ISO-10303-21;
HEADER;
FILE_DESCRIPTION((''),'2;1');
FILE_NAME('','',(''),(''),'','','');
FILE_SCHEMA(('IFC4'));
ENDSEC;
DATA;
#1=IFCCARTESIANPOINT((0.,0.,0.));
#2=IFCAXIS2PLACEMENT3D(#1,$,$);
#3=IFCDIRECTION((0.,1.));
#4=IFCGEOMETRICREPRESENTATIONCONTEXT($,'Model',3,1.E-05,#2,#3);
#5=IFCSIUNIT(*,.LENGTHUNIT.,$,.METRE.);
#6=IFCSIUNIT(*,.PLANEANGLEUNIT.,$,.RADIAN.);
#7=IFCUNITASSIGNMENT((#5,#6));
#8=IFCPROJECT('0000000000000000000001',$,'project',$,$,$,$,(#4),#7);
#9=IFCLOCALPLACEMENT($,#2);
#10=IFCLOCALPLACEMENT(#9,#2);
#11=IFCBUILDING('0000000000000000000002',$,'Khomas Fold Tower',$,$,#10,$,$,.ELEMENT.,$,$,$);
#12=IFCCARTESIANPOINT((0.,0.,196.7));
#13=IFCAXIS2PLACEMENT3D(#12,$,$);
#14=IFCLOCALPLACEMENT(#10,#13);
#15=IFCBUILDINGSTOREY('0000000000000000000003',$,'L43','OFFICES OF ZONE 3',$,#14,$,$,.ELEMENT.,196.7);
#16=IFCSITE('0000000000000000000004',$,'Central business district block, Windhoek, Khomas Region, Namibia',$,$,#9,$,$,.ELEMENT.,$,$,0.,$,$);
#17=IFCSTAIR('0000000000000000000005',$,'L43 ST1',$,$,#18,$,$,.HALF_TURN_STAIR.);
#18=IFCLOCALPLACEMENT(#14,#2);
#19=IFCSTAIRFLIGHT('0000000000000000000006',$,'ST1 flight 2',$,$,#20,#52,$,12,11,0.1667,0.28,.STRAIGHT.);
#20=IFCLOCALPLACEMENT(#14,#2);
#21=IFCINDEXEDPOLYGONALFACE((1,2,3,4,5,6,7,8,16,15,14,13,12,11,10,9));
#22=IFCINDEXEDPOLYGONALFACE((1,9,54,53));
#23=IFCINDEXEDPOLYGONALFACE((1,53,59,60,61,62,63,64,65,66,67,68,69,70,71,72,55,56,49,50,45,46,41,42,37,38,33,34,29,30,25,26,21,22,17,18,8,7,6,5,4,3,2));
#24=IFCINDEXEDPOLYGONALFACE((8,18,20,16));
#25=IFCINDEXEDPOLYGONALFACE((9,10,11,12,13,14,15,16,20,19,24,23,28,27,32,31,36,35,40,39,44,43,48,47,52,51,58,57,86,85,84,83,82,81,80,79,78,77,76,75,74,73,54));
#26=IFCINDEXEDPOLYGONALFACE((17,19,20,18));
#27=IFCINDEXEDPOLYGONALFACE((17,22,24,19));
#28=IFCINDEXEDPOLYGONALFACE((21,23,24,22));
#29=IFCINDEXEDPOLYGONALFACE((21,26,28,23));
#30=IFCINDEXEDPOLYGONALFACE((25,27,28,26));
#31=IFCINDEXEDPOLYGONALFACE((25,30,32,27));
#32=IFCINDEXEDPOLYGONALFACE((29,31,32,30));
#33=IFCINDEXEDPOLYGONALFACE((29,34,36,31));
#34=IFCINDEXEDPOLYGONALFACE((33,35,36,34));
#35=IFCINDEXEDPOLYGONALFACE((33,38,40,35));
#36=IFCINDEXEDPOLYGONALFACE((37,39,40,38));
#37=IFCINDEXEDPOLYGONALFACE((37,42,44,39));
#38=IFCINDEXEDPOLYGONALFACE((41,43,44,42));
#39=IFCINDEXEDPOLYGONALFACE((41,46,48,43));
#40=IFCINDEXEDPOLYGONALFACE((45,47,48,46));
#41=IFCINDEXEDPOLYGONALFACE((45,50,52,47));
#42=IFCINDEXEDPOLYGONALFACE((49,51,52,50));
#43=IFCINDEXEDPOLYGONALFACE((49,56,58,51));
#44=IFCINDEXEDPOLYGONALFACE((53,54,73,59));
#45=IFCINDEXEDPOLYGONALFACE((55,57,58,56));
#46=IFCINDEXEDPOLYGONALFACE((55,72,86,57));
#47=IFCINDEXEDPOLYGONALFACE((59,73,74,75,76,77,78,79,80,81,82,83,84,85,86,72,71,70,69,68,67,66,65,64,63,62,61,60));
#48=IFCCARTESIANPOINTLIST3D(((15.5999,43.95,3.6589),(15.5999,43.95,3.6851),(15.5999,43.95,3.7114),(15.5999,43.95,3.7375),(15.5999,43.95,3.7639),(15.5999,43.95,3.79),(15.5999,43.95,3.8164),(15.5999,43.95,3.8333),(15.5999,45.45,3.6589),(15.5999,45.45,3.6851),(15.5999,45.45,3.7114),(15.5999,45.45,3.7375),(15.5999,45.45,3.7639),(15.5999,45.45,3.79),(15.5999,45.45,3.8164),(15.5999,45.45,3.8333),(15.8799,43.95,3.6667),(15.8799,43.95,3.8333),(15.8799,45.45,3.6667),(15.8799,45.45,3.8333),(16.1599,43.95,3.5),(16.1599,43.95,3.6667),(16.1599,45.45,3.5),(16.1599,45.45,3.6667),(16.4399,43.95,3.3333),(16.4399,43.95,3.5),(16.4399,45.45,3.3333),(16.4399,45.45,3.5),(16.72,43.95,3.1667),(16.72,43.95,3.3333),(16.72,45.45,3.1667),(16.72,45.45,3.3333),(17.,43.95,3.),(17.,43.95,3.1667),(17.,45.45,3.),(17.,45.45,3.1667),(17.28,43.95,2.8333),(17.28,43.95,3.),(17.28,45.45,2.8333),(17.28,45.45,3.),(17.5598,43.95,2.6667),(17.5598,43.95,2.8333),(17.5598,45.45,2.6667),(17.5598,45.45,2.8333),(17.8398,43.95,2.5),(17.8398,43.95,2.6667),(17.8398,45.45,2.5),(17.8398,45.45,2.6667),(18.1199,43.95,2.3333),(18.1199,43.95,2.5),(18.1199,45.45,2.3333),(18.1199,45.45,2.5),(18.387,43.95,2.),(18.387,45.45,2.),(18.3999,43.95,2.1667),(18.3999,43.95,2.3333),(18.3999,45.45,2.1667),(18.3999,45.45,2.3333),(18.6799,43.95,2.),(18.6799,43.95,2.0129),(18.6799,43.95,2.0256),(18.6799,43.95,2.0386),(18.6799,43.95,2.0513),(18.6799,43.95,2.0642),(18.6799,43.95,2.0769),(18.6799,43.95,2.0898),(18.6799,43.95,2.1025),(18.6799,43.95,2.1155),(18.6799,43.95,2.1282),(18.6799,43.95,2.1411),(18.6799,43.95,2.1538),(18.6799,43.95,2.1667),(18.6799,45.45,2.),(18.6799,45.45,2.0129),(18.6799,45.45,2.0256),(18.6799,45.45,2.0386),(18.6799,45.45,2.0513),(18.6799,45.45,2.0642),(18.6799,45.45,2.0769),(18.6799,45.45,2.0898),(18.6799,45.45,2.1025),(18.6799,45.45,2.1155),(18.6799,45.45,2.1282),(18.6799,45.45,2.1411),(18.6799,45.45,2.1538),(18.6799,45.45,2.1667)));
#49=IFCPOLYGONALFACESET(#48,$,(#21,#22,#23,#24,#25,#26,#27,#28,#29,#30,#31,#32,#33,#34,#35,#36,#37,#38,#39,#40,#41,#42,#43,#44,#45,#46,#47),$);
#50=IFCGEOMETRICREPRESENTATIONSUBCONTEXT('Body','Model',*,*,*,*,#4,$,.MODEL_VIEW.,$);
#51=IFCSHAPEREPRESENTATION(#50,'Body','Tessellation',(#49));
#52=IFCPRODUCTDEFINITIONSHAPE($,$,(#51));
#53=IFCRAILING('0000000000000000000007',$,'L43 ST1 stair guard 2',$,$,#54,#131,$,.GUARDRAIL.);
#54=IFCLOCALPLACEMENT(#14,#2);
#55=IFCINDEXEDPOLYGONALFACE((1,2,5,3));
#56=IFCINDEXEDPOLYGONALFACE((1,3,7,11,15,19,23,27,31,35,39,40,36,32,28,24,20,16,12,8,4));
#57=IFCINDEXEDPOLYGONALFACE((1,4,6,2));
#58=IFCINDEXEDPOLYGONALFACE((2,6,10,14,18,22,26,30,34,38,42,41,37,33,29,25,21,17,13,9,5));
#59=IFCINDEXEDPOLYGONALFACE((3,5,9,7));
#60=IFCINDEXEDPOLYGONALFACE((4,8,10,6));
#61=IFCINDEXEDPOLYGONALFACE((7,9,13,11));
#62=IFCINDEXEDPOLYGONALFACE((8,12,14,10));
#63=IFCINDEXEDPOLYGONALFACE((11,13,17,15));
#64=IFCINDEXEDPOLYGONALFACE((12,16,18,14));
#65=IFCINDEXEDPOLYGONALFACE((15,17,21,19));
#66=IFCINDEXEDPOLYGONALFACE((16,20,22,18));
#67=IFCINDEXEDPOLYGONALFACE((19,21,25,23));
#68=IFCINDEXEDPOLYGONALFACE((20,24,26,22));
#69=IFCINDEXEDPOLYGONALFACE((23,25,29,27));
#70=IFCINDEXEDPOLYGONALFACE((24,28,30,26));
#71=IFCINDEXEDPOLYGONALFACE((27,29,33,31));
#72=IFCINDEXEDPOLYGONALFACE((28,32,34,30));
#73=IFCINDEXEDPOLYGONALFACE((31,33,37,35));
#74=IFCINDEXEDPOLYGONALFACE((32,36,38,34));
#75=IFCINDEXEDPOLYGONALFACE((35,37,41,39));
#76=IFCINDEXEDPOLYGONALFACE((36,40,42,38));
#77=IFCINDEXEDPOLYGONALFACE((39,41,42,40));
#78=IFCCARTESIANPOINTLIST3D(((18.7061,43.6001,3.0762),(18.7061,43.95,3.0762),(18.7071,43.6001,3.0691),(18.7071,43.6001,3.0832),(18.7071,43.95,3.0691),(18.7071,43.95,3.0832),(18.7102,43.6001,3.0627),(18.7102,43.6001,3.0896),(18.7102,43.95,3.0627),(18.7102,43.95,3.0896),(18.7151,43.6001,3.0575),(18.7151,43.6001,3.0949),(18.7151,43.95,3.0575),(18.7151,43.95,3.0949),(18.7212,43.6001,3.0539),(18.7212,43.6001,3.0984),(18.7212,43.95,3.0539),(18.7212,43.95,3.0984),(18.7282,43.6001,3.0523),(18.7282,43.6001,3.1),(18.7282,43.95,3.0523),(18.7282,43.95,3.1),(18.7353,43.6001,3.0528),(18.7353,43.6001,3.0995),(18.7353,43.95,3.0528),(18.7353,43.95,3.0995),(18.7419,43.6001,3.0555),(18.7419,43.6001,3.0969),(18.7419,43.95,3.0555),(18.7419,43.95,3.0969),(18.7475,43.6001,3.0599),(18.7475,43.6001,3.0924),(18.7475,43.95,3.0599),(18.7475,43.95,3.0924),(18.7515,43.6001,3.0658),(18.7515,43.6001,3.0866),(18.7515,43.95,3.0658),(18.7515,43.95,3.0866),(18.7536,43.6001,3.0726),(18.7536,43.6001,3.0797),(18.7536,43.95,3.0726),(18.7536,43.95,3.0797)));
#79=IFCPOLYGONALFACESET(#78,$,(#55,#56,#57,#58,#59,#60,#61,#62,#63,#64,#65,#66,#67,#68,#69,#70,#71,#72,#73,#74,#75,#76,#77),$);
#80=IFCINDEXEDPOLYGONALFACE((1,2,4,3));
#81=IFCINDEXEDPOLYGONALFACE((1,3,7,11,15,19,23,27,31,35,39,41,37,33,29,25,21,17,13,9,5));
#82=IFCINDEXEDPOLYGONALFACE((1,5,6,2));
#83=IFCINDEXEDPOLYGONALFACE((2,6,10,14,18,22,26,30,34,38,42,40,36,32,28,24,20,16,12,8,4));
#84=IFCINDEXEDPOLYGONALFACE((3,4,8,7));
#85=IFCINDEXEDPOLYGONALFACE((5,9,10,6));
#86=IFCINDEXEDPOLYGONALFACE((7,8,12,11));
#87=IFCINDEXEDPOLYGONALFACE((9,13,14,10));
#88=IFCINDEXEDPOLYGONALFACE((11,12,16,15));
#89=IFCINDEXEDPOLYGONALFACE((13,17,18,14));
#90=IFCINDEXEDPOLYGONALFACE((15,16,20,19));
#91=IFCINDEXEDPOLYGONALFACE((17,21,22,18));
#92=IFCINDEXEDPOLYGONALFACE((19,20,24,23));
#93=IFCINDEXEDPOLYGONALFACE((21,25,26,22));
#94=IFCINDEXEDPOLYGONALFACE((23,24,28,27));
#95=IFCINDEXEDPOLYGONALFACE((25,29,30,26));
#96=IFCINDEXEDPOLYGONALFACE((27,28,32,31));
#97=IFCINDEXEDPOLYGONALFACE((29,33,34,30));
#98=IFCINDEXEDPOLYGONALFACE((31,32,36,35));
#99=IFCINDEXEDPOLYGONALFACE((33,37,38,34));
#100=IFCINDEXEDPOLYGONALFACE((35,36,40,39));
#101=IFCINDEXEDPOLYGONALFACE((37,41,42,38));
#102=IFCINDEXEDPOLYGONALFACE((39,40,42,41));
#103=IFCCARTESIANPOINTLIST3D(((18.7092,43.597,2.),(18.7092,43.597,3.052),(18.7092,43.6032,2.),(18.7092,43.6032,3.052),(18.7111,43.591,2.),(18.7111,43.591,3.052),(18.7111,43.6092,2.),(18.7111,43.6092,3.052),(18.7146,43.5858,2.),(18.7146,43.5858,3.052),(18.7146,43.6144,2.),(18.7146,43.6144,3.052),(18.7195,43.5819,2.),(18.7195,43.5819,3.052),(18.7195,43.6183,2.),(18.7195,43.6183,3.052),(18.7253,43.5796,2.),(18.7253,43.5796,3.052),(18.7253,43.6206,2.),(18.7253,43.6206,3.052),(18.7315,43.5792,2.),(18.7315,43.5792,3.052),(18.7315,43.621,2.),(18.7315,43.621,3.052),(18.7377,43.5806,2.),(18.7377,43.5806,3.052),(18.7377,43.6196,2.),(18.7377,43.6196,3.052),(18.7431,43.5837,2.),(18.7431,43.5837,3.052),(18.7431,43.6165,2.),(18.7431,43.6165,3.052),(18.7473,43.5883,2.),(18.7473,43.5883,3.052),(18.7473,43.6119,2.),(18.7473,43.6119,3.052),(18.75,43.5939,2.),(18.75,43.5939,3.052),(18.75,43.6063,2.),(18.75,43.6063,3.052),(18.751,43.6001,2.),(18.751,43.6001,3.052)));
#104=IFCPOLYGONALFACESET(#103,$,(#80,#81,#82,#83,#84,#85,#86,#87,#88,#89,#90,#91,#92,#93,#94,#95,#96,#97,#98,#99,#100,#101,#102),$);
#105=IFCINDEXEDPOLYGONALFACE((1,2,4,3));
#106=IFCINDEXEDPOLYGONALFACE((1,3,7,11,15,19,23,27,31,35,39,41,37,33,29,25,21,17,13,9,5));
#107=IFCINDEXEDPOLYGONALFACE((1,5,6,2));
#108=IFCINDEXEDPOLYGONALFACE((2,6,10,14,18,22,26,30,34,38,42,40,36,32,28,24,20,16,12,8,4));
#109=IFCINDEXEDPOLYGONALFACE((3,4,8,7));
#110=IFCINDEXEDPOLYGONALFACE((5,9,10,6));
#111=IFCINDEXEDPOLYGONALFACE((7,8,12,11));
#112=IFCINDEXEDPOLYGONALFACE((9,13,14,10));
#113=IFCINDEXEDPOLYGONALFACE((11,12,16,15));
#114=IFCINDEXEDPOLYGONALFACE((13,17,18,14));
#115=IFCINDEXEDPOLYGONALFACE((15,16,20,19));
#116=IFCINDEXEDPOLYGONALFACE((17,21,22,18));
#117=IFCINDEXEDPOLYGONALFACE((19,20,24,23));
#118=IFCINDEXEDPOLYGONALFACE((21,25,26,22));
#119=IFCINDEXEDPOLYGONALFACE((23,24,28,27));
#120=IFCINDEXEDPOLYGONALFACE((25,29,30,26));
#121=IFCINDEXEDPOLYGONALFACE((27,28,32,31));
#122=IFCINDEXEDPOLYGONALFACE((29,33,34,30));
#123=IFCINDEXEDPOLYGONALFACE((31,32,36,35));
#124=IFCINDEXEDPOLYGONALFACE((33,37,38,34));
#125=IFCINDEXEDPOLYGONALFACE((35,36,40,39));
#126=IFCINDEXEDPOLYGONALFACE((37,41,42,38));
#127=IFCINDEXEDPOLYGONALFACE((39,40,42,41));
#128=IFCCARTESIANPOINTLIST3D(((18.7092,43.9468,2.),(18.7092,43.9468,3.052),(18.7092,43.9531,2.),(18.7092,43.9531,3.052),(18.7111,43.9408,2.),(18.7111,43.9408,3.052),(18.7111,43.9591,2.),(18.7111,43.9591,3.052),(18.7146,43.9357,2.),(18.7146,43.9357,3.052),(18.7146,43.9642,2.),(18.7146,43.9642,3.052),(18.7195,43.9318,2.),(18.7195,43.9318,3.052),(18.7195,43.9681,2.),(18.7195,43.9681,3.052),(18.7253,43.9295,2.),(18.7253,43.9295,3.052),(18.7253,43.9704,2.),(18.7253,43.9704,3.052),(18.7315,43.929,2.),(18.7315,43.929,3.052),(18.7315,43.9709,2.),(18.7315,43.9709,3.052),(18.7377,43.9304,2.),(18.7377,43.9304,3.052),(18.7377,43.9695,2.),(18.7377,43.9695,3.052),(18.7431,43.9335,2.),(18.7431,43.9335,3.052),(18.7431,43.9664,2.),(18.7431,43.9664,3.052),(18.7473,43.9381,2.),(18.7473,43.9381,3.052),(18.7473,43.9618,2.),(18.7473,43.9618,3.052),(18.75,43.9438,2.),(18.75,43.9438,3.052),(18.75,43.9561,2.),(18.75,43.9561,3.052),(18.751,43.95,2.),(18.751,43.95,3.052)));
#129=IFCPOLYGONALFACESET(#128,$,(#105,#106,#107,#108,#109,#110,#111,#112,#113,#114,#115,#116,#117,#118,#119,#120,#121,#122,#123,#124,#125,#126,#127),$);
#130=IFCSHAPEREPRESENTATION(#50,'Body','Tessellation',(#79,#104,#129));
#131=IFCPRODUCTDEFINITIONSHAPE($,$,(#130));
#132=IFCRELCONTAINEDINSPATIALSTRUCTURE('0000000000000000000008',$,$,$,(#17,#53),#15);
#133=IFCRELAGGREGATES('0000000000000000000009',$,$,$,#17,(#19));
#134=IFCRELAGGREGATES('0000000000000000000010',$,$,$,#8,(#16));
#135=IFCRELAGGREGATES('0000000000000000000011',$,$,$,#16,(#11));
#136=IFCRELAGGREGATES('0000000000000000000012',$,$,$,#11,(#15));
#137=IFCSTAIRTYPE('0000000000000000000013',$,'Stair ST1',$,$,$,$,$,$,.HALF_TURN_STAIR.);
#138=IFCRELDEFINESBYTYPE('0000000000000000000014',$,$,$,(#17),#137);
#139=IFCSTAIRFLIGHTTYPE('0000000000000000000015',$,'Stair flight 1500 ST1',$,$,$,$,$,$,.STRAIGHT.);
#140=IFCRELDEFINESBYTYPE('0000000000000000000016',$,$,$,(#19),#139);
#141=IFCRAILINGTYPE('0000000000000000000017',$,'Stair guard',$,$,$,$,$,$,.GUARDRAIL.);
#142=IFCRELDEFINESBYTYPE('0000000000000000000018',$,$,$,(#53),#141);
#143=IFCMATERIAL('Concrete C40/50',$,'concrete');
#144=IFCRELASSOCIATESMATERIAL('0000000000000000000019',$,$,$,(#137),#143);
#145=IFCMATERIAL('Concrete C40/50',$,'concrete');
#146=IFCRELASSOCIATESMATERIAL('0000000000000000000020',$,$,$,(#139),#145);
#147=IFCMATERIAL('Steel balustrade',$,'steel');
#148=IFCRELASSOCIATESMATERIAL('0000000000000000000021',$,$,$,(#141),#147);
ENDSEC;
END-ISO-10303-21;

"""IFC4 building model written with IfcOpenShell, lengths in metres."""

from ifc_helpers import new_model, si_unit, direction, frame, origin, origin_2d, place, context, subcontext, project, spatial, polyline, circle, outline, extrude, source, transform, mapped, material, type_object, element, aggregate, save


model = new_model("IFC4")

# Units and contexts
model_context = context("Model", 3, precision=1e-05, world=origin(), true_north=direction((0.0, 1.0)))
body_context = subcontext(model_context, "Body", "Model", "MODEL_VIEW")
ifc_project = project(units=[si_unit("LENGTHUNIT", "METRE"), si_unit("PLANEANGLEUNIT", "RADIAN")], contexts=[model_context])

# Site, building, storey
site_placement = place(None, origin())
site = spatial("IfcSite", under=ifc_project, at=site_placement, Name="Central business district block, Windhoek, Khomas Region, Namibia", CompositionType="ELEMENT", RefElevation=0.0)
building_placement = place(site_placement, origin())
building = spatial("IfcBuilding", under=site, at=building_placement, Name="Khomas Fold Tower", CompositionType="ELEMENT")
storey_placement = place(building_placement, frame((0.0, 0.0, 196.7)))
storey = spatial("IfcBuildingStorey", under=building, at=storey_placement, Name="L43", Description="OFFICES OF ZONE 3", CompositionType="ELEMENT", Elevation=196.7)

# Stair, stair flight
ifc_material_1 = material(Name="Concrete C40/50", Category="concrete")
stair_type = type_object("IfcStairType", Name="Stair ST1", PredefinedType="HALF_TURN_STAIR", material=ifc_material_1)
stair_placement = place(storey_placement, origin())
stair = element("IfcStair", 1, at=stair_placement, inside=storey, type_object=stair_type, Name="L43 ST1", PredefinedType="HALF_TURN_STAIR")
ifc_material_2 = material(Name="Concrete C40/50", Category="concrete")
stair_flight_type = type_object("IfcStairFlightType", Name="Stair flight 1500 ST1", PredefinedType="STRAIGHT", material=ifc_material_2)
shared_shape_1 = source(origin(), body_context, "Body", "SweptSolid", [
    extrude(outline(polyline([(0.0, 0.0), (0.0, 0.0129), (0.0, 0.0256), (0.0, 0.0386), (0.0, 0.0513), (0.0, 0.0642), (0.0, 0.0769), (0.0, 0.0898), (0.0, 0.1025), (0.0, 0.1155), (0.0, 0.1282), (0.0, 0.1411), (0.0, 0.1538), (0.0, 0.1667), (0.28, 0.1667), (0.28, 0.3333), (0.5601, 0.3333), (0.5601, 0.5), (0.8401, 0.5), (0.8401, 0.6667), (1.1201, 0.6667), (1.1201, 0.8333), (1.3999, 0.8333), (1.3999, 1.0), (1.6799, 1.0), (1.6799, 1.1667), (1.96, 1.1667), (1.96, 1.3333), (2.24, 1.3333), (2.24, 1.5), (2.52, 1.5), (2.52, 1.6667), (2.8, 1.6667), (2.8, 1.8333), (3.0801, 1.8333), (3.0801, 2.0), (3.0801, 1.9739), (3.0801, 1.9475), (3.0801, 1.9214), (3.0801, 1.895), (3.0801, 1.8689), (3.0801, 1.8425), (3.0801, 1.8164), (3.0801, 1.79), (3.0801, 1.7639), (3.0801, 1.7375), (3.0801, 1.7114), (3.0801, 1.6851), (3.0801, 1.6589), (0.293, 0.0), (0.0, 0.0)])), frame((0.0, 0.75, 0.0), z_axis=(0.0, -1.0, 0.0), x_axis=(1.0, 0.0, 0.0)), (0.0, 0.0, 1.0), 1.5),
])
stair_flight_1_placement = place(storey_placement, frame((18.6799, 44.7, 2.0), z_axis=(0.0, 0.0, 1.0), x_axis=(-1.0, 0.0, 0.0)))
stair_flight_1 = element("IfcStairFlight", 2, at=stair_flight_1_placement, type_object=stair_flight_type, Name="ST1 flight 2", NumberOfRisers=12, NumberOfTreads=11, PredefinedType="STRAIGHT", RiserHeight=0.1667, TreadLength=0.28, context=body_context, shape_type="MappedRepresentation", body=[
    mapped(shared_shape_1, transform((0.0, 0.0, 0.0))),
])
aggregate(stair, [stair_flight_1])

# Railing
ifc_material_3 = material(Name="Steel balustrade", Category="steel")
railing_type_1 = type_object("IfcRailingType", Name="Stair guard", PredefinedType="GUARDRAIL", material=ifc_material_3)
shared_shape_2 = source(origin(), body_context, "Body", "SweptSolid", [
    extrude(circle(Radius=0.0239, at=origin_2d()), frame((0.0, 0.0, 1.0762), z_axis=(0.0, 1.0, 0.0), x_axis=(-1.0, 0.0, 0.0)), (0.0, 0.0, 1.0), 0.3499),
    extrude(circle(Radius=0.021, at=origin_2d()), origin(), (0.0, 0.0, 1.0), 1.052),
    extrude(circle(Radius=0.021, at=origin_2d()), frame((0.0, 0.3499, 0.0)), (0.0, 0.0, 1.0), 1.052),
])
for number, where, name in (
    (3, (18.73, 43.6001, 2.0), "L43 ST1 stair guard 2"),
):
    element("IfcRailing", number, at=place(storey_placement, frame(where)), inside=storey, type_object=railing_type_1, Name=name, PredefinedType="GUARDRAIL", context=body_context, shape_type="MappedRepresentation", body=[
        mapped(shared_shape_2, transform((0.0, 0.0, 0.0))),
    ])

save(model, "model.ifc")
